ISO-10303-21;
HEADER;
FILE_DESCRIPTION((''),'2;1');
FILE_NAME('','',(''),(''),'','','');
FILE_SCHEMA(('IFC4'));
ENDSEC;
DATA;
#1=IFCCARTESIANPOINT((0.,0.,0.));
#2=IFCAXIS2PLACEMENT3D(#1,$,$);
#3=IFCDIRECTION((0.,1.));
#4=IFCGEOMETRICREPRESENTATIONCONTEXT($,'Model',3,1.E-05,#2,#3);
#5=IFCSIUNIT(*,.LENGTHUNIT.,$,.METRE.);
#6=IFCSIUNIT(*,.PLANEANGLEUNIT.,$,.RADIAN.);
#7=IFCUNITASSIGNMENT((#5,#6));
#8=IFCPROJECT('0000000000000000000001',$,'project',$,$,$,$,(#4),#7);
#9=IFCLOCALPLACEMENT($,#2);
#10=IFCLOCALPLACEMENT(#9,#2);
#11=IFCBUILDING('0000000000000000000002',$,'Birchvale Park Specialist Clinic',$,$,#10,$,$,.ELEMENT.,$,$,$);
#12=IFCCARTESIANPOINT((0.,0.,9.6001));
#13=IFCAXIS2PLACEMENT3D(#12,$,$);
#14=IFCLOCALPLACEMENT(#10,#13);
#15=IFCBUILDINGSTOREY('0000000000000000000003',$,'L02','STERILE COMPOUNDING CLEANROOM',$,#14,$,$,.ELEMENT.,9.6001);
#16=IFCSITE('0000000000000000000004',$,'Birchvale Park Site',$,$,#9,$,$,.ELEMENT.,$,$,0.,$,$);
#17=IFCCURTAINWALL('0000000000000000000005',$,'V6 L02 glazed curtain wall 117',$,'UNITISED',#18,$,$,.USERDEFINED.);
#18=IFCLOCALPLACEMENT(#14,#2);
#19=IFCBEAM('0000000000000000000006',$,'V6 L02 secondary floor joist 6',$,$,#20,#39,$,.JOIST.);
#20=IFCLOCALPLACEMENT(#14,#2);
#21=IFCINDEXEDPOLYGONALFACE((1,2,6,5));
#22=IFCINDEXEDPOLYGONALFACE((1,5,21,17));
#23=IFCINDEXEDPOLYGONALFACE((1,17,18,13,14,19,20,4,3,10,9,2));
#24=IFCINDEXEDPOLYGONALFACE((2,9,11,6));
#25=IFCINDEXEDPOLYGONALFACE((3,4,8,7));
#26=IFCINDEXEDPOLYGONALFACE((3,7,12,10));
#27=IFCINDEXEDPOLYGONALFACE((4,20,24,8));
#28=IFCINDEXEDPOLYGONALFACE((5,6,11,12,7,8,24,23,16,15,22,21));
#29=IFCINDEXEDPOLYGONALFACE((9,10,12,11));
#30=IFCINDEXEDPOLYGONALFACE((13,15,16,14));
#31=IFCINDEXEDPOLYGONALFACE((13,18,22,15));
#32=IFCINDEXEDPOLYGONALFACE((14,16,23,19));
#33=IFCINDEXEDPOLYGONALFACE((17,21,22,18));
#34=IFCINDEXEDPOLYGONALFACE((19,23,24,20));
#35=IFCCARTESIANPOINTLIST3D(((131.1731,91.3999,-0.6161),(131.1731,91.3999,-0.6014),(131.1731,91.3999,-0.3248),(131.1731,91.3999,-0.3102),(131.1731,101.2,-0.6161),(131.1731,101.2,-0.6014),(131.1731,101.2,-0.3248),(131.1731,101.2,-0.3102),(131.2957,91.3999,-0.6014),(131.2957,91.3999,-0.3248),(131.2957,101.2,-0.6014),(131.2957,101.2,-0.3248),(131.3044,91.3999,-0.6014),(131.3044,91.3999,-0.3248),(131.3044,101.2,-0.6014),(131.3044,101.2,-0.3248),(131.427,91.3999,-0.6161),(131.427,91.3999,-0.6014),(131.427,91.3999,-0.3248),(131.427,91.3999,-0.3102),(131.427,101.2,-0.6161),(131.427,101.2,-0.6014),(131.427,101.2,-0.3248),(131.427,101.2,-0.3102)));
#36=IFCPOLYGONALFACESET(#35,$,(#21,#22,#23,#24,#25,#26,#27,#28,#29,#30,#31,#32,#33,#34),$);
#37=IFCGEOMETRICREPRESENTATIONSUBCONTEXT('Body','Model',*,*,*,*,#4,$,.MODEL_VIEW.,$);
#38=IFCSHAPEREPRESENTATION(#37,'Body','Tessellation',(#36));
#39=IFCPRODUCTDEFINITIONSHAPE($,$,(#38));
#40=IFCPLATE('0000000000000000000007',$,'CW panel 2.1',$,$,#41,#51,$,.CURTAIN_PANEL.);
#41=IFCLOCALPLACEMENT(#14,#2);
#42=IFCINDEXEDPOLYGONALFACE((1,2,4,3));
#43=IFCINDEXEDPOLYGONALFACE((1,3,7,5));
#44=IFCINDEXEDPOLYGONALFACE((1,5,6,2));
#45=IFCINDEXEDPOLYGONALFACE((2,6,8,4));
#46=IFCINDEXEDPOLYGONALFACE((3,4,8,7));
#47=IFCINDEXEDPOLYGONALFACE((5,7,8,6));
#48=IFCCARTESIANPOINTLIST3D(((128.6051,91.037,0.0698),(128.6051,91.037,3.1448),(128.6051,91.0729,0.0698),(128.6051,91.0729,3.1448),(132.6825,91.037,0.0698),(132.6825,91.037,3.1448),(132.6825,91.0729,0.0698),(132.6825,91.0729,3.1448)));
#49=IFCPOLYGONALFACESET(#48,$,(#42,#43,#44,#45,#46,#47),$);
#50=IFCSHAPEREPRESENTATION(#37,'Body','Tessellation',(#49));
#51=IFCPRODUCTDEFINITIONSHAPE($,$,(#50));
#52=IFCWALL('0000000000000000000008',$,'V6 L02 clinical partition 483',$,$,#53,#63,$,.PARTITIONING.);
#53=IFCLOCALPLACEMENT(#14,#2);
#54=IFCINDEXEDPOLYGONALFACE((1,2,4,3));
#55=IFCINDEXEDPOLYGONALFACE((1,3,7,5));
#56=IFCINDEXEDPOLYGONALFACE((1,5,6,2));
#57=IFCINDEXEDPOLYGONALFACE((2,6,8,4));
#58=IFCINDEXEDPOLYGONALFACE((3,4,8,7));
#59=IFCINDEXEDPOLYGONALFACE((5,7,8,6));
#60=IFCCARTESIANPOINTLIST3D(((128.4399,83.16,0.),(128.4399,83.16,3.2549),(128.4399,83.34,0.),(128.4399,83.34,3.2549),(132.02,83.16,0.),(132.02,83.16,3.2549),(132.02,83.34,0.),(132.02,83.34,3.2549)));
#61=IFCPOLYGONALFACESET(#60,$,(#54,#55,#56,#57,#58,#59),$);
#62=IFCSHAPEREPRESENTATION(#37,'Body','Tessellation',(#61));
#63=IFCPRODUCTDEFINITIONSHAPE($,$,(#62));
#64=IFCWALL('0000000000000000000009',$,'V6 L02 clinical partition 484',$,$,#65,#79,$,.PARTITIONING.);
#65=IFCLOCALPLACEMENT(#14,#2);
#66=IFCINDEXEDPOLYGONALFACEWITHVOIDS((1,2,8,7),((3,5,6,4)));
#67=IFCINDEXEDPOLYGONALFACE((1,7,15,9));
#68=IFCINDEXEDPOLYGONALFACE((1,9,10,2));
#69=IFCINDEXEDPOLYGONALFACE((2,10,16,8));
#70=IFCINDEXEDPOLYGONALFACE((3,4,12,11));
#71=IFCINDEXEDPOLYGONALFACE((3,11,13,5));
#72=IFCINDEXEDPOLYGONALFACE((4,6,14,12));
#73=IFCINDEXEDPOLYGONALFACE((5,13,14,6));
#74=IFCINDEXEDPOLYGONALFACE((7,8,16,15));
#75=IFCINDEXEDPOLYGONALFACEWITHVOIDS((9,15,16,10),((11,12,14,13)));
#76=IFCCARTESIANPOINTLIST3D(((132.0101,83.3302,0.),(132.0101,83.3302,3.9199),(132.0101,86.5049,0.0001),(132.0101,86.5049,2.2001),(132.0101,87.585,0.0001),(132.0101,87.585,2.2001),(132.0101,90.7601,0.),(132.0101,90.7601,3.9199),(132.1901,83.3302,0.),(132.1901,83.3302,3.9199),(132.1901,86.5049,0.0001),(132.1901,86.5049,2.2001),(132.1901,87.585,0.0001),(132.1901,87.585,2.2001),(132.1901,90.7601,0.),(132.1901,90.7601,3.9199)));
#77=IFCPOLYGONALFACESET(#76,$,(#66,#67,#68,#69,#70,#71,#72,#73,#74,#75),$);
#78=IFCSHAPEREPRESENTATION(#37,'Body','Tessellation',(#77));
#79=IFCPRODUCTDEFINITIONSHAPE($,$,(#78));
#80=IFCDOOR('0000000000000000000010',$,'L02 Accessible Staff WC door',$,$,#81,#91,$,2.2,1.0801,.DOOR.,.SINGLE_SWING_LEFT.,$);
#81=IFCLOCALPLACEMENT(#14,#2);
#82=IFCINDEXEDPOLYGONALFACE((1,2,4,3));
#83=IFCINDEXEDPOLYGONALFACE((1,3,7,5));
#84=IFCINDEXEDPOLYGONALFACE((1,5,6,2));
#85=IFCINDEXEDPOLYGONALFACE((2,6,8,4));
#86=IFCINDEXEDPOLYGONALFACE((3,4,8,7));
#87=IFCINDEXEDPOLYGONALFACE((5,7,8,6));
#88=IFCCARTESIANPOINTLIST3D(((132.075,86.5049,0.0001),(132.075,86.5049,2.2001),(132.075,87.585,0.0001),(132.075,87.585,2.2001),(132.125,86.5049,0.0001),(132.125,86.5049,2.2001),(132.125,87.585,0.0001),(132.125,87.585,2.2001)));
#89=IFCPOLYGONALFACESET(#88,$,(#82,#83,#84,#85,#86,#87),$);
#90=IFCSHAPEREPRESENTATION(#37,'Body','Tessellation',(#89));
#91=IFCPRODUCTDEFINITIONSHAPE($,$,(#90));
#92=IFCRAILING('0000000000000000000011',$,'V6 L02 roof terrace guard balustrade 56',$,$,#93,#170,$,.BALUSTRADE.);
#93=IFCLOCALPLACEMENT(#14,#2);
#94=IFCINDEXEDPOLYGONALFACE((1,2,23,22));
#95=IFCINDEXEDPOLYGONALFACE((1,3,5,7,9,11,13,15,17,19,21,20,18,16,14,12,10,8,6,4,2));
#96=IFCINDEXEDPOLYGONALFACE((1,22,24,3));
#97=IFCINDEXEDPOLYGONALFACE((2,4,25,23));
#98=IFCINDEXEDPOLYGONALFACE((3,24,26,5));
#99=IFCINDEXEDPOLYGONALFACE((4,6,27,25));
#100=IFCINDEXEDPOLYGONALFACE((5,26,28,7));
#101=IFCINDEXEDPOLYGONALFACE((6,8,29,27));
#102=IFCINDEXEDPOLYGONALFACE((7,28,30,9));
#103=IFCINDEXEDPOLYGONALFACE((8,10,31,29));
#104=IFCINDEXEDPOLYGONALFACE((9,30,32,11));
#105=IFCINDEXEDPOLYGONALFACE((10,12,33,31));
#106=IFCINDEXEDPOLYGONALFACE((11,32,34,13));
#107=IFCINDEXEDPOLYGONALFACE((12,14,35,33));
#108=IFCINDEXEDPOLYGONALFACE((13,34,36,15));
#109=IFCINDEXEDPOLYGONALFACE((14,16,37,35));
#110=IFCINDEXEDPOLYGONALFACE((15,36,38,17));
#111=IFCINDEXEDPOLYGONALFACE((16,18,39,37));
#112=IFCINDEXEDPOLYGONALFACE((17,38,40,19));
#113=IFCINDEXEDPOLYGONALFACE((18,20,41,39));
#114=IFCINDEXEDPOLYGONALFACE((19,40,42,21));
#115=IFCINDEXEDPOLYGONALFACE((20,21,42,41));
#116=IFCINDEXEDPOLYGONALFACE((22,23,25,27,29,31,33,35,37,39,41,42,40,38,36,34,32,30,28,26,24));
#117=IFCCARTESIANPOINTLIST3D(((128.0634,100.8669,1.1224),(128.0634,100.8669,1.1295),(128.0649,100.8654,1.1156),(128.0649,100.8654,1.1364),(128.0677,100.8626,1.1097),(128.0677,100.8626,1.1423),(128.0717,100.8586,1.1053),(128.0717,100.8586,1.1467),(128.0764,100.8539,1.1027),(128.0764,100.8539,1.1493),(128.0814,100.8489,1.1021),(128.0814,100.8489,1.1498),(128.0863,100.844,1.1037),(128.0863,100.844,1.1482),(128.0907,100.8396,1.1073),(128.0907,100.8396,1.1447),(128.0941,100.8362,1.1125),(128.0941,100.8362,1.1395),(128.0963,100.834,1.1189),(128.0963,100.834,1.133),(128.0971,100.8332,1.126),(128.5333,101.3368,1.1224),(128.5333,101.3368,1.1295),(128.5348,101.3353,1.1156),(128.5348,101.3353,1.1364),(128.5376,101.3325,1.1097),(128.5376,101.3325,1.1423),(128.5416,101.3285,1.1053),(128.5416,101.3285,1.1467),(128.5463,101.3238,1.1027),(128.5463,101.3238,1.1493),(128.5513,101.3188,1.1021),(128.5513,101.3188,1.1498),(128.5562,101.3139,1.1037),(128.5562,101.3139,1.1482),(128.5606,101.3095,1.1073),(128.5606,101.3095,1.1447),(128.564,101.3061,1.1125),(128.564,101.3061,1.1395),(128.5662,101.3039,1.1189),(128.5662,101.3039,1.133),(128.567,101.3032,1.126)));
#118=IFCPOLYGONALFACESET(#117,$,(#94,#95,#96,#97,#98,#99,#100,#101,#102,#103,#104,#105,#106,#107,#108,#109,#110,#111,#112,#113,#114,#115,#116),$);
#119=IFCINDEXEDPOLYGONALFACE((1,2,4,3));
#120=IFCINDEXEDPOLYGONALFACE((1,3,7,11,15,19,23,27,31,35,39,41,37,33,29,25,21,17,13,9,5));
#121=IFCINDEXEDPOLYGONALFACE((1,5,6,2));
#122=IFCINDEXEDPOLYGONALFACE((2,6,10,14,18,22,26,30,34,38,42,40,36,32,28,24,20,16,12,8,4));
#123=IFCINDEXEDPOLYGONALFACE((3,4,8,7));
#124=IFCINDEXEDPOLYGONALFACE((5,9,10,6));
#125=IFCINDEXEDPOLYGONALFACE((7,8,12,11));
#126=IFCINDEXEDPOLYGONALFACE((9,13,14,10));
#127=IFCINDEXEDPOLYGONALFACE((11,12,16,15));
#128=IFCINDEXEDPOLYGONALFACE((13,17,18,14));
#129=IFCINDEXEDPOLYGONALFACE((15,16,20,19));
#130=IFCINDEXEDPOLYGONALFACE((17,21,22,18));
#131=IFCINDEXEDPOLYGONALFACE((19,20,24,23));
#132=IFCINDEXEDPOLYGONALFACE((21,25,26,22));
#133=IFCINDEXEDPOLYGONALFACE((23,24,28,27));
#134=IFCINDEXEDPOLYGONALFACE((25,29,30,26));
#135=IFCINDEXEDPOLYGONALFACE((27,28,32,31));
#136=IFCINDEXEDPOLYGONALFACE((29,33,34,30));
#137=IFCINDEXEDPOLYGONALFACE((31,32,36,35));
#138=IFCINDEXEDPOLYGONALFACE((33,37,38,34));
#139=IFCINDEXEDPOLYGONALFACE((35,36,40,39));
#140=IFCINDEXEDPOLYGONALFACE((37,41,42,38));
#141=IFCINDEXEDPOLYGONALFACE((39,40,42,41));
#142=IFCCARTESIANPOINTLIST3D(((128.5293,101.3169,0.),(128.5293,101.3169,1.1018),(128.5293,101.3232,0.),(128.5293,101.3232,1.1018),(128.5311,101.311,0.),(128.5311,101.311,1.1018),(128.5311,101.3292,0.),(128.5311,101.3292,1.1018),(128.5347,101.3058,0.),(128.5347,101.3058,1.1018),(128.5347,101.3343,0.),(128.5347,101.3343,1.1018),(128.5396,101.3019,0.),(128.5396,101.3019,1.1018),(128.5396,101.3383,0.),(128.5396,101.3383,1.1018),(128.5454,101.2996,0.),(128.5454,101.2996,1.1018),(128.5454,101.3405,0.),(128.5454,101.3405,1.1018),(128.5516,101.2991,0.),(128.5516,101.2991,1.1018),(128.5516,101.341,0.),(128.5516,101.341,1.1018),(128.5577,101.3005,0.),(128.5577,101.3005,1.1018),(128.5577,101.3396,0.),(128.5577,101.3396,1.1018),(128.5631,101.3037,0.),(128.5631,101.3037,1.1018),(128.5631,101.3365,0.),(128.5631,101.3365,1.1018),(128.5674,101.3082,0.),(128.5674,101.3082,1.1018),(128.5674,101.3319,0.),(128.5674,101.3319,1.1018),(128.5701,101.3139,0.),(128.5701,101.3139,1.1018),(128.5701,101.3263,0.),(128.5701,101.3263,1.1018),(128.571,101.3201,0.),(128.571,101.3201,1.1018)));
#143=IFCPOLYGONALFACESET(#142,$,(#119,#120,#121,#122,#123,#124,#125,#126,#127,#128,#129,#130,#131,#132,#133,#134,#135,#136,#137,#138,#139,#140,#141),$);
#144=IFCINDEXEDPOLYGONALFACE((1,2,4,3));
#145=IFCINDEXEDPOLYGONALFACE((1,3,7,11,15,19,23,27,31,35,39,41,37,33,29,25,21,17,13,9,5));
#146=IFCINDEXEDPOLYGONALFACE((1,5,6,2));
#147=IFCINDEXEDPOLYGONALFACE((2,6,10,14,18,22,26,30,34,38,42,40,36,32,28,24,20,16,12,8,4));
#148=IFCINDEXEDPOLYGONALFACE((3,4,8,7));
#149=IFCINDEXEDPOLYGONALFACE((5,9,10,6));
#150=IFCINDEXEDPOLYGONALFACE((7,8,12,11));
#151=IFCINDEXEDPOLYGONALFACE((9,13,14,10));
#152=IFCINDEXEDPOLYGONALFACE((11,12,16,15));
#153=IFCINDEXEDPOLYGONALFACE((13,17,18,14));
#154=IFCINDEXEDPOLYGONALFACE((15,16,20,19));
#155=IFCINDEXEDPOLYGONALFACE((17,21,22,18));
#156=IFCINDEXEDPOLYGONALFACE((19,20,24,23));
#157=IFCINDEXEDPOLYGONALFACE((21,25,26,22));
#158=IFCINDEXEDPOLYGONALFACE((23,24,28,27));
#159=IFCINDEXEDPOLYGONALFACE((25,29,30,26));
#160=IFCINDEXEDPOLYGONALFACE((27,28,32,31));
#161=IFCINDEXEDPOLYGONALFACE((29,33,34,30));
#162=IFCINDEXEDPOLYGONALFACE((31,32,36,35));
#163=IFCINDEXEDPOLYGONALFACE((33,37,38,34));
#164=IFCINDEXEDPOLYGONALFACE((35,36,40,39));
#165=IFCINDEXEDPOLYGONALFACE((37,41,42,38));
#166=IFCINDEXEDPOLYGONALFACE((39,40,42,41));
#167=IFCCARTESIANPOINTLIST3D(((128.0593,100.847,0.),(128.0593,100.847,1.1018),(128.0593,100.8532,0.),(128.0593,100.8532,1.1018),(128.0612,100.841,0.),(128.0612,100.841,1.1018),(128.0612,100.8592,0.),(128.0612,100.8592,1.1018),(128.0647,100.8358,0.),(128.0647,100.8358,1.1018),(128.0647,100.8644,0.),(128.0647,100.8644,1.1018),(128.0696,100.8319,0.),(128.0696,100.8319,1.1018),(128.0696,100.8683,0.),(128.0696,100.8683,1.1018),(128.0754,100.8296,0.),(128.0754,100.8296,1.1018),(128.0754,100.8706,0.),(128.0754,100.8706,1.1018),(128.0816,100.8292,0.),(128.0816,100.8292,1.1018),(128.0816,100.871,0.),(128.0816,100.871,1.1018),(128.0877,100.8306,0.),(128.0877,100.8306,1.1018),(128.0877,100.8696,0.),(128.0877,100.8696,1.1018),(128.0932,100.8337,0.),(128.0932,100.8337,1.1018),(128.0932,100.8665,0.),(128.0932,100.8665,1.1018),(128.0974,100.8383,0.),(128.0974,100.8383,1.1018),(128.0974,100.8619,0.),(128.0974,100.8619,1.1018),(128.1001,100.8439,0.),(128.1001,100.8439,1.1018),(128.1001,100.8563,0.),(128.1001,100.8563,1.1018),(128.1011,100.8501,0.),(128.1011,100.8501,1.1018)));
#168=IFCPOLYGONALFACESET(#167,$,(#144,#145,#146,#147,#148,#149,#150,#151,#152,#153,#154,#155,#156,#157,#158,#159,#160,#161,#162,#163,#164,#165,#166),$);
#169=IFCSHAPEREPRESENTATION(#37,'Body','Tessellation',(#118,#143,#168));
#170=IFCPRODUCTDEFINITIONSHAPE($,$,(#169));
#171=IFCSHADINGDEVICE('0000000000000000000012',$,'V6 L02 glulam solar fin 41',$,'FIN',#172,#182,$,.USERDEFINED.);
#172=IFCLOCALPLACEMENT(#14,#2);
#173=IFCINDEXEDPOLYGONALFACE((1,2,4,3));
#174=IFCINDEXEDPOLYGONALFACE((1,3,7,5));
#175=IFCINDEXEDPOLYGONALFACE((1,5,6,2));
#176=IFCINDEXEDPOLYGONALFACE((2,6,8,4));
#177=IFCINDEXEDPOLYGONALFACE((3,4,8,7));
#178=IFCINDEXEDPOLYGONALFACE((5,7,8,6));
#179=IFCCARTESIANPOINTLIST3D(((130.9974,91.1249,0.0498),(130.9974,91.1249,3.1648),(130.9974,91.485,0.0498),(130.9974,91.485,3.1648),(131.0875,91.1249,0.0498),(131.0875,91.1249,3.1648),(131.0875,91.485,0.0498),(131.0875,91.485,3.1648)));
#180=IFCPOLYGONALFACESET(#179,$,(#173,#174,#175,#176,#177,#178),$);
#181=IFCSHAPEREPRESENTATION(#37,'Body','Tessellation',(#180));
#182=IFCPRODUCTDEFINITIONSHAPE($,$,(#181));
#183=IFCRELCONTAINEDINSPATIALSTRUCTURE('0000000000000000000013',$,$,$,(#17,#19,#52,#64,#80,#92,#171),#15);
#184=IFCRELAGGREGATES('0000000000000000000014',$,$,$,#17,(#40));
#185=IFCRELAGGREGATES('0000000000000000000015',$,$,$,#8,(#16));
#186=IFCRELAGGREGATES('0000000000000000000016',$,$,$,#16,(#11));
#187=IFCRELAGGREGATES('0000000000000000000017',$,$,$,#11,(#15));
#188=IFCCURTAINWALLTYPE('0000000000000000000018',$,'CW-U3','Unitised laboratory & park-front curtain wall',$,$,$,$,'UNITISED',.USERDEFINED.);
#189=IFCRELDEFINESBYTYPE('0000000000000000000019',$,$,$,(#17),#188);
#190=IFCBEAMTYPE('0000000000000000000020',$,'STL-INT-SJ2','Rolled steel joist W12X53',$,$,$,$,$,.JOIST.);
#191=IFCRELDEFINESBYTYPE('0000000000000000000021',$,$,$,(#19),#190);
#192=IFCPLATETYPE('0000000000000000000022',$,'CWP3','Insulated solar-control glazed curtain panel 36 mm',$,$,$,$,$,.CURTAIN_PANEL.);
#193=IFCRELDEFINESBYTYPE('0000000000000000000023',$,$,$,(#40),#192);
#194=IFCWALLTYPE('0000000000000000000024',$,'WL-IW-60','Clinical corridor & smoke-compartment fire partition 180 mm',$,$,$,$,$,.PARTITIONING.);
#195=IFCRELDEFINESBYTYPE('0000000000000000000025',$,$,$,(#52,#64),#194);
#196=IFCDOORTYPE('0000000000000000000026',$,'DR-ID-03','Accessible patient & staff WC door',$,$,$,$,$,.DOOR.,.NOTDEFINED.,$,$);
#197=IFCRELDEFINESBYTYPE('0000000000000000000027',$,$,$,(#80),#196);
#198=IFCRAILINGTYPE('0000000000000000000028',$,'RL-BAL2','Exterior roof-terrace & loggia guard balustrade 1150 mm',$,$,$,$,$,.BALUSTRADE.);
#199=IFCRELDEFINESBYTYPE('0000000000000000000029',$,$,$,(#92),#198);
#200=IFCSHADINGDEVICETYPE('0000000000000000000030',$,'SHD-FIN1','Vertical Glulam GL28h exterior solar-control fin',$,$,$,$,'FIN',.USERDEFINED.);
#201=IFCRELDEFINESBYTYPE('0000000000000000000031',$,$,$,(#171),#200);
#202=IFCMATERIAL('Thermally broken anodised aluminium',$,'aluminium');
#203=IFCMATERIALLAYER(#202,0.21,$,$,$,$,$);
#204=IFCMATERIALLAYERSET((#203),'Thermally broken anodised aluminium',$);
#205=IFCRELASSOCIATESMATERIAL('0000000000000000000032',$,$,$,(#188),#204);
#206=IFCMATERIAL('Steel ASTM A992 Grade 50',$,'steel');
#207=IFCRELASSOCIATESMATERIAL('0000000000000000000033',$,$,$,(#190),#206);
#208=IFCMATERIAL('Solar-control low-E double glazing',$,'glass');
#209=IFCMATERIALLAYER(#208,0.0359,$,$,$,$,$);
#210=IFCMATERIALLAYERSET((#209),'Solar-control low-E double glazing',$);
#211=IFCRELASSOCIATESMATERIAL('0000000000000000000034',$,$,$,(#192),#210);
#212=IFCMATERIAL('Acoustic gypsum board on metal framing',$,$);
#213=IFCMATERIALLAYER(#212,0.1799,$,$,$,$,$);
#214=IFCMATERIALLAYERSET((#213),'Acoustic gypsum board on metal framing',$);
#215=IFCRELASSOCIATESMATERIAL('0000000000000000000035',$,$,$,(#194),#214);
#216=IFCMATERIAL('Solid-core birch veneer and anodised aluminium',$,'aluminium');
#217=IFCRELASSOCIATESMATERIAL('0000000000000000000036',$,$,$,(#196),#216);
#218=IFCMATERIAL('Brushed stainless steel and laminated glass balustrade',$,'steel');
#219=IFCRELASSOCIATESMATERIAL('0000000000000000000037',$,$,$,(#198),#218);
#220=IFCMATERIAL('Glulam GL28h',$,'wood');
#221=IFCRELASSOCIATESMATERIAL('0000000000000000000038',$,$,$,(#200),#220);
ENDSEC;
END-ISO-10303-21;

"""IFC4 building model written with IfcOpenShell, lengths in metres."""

from ifc_helpers import new_model, si_unit, direction, frame, frame_2d, origin, origin_2d, place, context, subcontext, project, spatial, rectangle, circle, i_section, extrude, material, layer, layer_set, material_profile, profile_set, type_object, element, fill, aggregate, save


model = new_model("IFC4")

# Units and contexts
model_context = context("Model", 3, precision=1e-05, world=origin(), true_north=direction((0.0, 1.0)))
body_context = subcontext(model_context, "Body", "Model", "MODEL_VIEW")
ifc_project = project(units=[si_unit("LENGTHUNIT", "METRE"), si_unit("PLANEANGLEUNIT", "RADIAN")], contexts=[model_context])

# Site, building, storey
site_placement = place(None, origin())
site = spatial("IfcSite", under=ifc_project, at=site_placement, Name="Birchvale Park Site", CompositionType="ELEMENT", RefElevation=0.0)
building_placement = place(site_placement, origin())
building = spatial("IfcBuilding", under=site, at=building_placement, Name="Birchvale Park Specialist Clinic", CompositionType="ELEMENT")
storey_placement = place(building_placement, frame((0.0, 0.0, 9.6001)))
storey = spatial("IfcBuildingStorey", under=building, at=storey_placement, Name="L02", Description="STERILE COMPOUNDING CLEANROOM", CompositionType="ELEMENT", Elevation=9.6001)

# Curtain wall
ifc_material_1 = material(Name="Thermally broken anodised aluminium", Category="aluminium")
ifc_layer_1 = layer(ifc_material_1, 0.21)
ifc_layer_set_1 = layer_set([ifc_layer_1], Name="Thermally broken anodised aluminium")
curtain_wall_type = type_object("IfcCurtainWallType", Name="CW-U3", Description="Unitised laboratory & park-front curtain wall", ElementType="UNITISED", PredefinedType="USERDEFINED", material=ifc_layer_set_1)
curtain_wall_1_placement = place(storey_placement, origin())
curtain_wall_1 = element("IfcCurtainWall", 1, at=curtain_wall_1_placement, inside=storey, type_object=curtain_wall_type, Name="V6 L02 glazed curtain wall 117", ObjectType="UNITISED", PredefinedType="USERDEFINED")

# Beam
ifc_material_2 = material(Name="Steel ASTM A992 Grade 50", Category="steel")
ifc_material_profile_1 = material_profile(ifc_material_2, i_section(OverallWidth=0.2539, OverallDepth=0.3059, WebThickness=0.0088, FlangeThickness=0.0146, at=origin_2d()), Name="W12X53")
ifc_profile_set_1 = profile_set([ifc_material_profile_1], Name="Steel ASTM A992 Grade 50")
beam_type_1 = type_object("IfcBeamType", Name="STL-INT-SJ2", Description="Rolled steel joist W12X53", PredefinedType="JOIST", material=ifc_profile_set_1)
beam_1_placement = place(storey_placement, frame((131.3, 91.3999, -0.4631), z_axis=(0.0, 1.0, 0.0), x_axis=(-1.0, 0.0, 0.0)))
element("IfcBeam", 2, at=beam_1_placement, inside=storey, type_object=beam_type_1, Name="V6 L02 secondary floor joist 6", PredefinedType="JOIST", context=body_context, shape_type="SweptSolid", body=[
    extrude(i_section(OverallWidth=0.2539, OverallDepth=0.3059, WebThickness=0.0088, FlangeThickness=0.0146, at=origin_2d()), origin(), (0.0, 0.0, 1.0), 9.8),
])

# Plate
ifc_material_3 = material(Name="Solar-control low-E double glazing", Category="glass")
ifc_layer_2 = layer(ifc_material_3, 0.0359)
ifc_layer_set_2 = layer_set([ifc_layer_2], Name="Solar-control low-E double glazing")
plate_type = type_object("IfcPlateType", Name="CWP3", Description="Insulated solar-control glazed curtain panel 36 mm", PredefinedType="CURTAIN_PANEL", material=ifc_layer_set_2)
plate_placement = place(storey_placement, frame((130.6438, 91.0549, 0.0698), z_axis=(0.0, 0.0, 1.0), x_axis=(-1.0, 0.0, 0.0)))
plate = element("IfcPlate", 3, at=plate_placement, type_object=plate_type, Name="CW panel 2.1", PredefinedType="CURTAIN_PANEL", context=body_context, shape_type="SweptSolid", body=[
    extrude(rectangle(XDim=4.0774, YDim=0.0359, at=origin_2d()), origin(), (0.0, 0.0, 1.0), 3.075),
])
aggregate(curtain_wall_1, [plate])

# Wall
ifc_material_4 = material(Name="Acoustic gypsum board on metal framing")
ifc_layer_3 = layer(ifc_material_4, 0.1799)
ifc_layer_set_3 = layer_set([ifc_layer_3], Name="Acoustic gypsum board on metal framing")
wall_type = type_object("IfcWallType", Name="WL-IW-60", Description="Clinical corridor & smoke-compartment fire partition 180 mm", PredefinedType="PARTITIONING", material=ifc_layer_set_3)
wall_1_placement = place(storey_placement, frame((132.02, 83.25, 0.0), z_axis=(0.0, 0.0, 1.0), x_axis=(-1.0, 0.0, 0.0)))
element("IfcWall", 4, at=wall_1_placement, inside=storey, type_object=wall_type, Name="V6 L02 clinical partition 483", PredefinedType="PARTITIONING", context=body_context, shape_type="SweptSolid", body=[
    extrude(rectangle(XDim=3.5801, YDim=0.1799, at=frame_2d((1.79, 0.0))), origin(), (0.0, 0.0, 1.0), 3.2549),
])

# Wall, opening, door
wall_2_placement = place(storey_placement, frame((132.1001, 90.76, 0.0), z_axis=(0.0, 0.0, 1.0), x_axis=(0.0, -1.0, 0.0)))
wall_2 = element("IfcWall", 5, at=wall_2_placement, inside=storey, type_object=wall_type, Name="V6 L02 clinical partition 484", PredefinedType="PARTITIONING", context=body_context, shape_type="SweptSolid", body=[
    extrude(rectangle(XDim=7.4299, YDim=0.1799, at=frame_2d((3.7148, 0.0))), origin(), (0.0, 0.0, 1.0), 3.9199),
])
opening_placement = place(wall_2_placement, frame((3.175, 0.0, 0.0)))
opening = element("IfcOpeningElement", 6, at=opening_placement, cuts=wall_2, PredefinedType="OPENING", context=body_context, shape_type="SweptSolid", body=[
    extrude(rectangle(XDim=1.0801, YDim=2.2, at=frame_2d((0.54, 1.1001))), frame((0.0, 0.1001, 0.0), z_axis=(0.0, -1.0, 0.0), x_axis=(1.0, 0.0, 0.0)), (0.0, 0.0, 1.0), 0.2),
])
ifc_material_5 = material(Name="Solid-core birch veneer and anodised aluminium", Category="aluminium")
door_type = type_object("IfcDoorType", Name="DR-ID-03", Description="Accessible patient & staff WC door", OperationType="NOTDEFINED", PredefinedType="DOOR", material=ifc_material_5)
door_placement = place(opening_placement, origin())
door = element("IfcDoor", 7, at=door_placement, inside=storey, type_object=door_type, Name="L02 Accessible Staff WC door", OperationType="SINGLE_SWING_LEFT", OverallHeight=2.2, OverallWidth=1.0801, PredefinedType="DOOR", context=body_context, shape_type="SweptSolid", body=[
    extrude(rectangle(XDim=1.0801, YDim=2.2, at=frame_2d((0.54, 1.1001))), frame((0.0, 0.0249, 0.0), z_axis=(0.0, -1.0, 0.0), x_axis=(1.0, 0.0, 0.0)), (0.0, 0.0, 1.0), 0.05),
])
fill(opening, door)

# Railing
ifc_material_6 = material(Name="Brushed stainless steel and laminated glass balustrade", Category="steel")
railing_type = type_object("IfcRailingType", Name="RL-BAL2", Description="Exterior roof-terrace & loggia guard balustrade 1150 mm", PredefinedType="BALUSTRADE", material=ifc_material_6)
railing_placement = place(storey_placement, frame((128.55, 101.3201, 0.0)))
element("IfcRailing", 8, at=railing_placement, inside=storey, type_object=railing_type, Name="V6 L02 roof terrace guard balustrade 56", PredefinedType="BALUSTRADE", context=body_context, shape_type="SweptSolid", body=[
    extrude(circle(Radius=0.0239, at=origin_2d()), frame((0.0, 0.0, 1.126), z_axis=(-0.707107, -0.707107, 0.0), x_axis=(0.707107, -0.707107, 0.0)), (0.0, 0.0, 1.0), 0.6646),
    extrude(circle(Radius=0.021, at=origin_2d()), origin(), (0.0, 0.0, 1.0), 1.1018),
    extrude(circle(Radius=0.021, at=origin_2d()), frame((-0.47, -0.47, 0.0)), (0.0, 0.0, 1.0), 1.1018),
])

# Shading device
ifc_material_7 = material(Name="Glulam GL28h", Category="wood")
shading_device_type = type_object("IfcShadingDeviceType", Name="SHD-FIN1", Description="Vertical Glulam GL28h exterior solar-control fin", ElementType="FIN", PredefinedType="USERDEFINED", material=ifc_material_7)
shading_device_placement = place(storey_placement, frame((131.0425, 91.3049, 0.0498), z_axis=(0.0, 0.0, 1.0), x_axis=(0.0, 1.0, 0.0)))
element("IfcShadingDevice", 9, at=shading_device_placement, inside=storey, type_object=shading_device_type, Name="V6 L02 glulam solar fin 41", ObjectType="FIN", PredefinedType="USERDEFINED", context=body_context, shape_type="SweptSolid", body=[
    extrude(rectangle(XDim=0.3601, YDim=0.0901, at=origin_2d()), origin(), (0.0, 0.0, 1.0), 3.115),
])

save(model, "model.ifc")
